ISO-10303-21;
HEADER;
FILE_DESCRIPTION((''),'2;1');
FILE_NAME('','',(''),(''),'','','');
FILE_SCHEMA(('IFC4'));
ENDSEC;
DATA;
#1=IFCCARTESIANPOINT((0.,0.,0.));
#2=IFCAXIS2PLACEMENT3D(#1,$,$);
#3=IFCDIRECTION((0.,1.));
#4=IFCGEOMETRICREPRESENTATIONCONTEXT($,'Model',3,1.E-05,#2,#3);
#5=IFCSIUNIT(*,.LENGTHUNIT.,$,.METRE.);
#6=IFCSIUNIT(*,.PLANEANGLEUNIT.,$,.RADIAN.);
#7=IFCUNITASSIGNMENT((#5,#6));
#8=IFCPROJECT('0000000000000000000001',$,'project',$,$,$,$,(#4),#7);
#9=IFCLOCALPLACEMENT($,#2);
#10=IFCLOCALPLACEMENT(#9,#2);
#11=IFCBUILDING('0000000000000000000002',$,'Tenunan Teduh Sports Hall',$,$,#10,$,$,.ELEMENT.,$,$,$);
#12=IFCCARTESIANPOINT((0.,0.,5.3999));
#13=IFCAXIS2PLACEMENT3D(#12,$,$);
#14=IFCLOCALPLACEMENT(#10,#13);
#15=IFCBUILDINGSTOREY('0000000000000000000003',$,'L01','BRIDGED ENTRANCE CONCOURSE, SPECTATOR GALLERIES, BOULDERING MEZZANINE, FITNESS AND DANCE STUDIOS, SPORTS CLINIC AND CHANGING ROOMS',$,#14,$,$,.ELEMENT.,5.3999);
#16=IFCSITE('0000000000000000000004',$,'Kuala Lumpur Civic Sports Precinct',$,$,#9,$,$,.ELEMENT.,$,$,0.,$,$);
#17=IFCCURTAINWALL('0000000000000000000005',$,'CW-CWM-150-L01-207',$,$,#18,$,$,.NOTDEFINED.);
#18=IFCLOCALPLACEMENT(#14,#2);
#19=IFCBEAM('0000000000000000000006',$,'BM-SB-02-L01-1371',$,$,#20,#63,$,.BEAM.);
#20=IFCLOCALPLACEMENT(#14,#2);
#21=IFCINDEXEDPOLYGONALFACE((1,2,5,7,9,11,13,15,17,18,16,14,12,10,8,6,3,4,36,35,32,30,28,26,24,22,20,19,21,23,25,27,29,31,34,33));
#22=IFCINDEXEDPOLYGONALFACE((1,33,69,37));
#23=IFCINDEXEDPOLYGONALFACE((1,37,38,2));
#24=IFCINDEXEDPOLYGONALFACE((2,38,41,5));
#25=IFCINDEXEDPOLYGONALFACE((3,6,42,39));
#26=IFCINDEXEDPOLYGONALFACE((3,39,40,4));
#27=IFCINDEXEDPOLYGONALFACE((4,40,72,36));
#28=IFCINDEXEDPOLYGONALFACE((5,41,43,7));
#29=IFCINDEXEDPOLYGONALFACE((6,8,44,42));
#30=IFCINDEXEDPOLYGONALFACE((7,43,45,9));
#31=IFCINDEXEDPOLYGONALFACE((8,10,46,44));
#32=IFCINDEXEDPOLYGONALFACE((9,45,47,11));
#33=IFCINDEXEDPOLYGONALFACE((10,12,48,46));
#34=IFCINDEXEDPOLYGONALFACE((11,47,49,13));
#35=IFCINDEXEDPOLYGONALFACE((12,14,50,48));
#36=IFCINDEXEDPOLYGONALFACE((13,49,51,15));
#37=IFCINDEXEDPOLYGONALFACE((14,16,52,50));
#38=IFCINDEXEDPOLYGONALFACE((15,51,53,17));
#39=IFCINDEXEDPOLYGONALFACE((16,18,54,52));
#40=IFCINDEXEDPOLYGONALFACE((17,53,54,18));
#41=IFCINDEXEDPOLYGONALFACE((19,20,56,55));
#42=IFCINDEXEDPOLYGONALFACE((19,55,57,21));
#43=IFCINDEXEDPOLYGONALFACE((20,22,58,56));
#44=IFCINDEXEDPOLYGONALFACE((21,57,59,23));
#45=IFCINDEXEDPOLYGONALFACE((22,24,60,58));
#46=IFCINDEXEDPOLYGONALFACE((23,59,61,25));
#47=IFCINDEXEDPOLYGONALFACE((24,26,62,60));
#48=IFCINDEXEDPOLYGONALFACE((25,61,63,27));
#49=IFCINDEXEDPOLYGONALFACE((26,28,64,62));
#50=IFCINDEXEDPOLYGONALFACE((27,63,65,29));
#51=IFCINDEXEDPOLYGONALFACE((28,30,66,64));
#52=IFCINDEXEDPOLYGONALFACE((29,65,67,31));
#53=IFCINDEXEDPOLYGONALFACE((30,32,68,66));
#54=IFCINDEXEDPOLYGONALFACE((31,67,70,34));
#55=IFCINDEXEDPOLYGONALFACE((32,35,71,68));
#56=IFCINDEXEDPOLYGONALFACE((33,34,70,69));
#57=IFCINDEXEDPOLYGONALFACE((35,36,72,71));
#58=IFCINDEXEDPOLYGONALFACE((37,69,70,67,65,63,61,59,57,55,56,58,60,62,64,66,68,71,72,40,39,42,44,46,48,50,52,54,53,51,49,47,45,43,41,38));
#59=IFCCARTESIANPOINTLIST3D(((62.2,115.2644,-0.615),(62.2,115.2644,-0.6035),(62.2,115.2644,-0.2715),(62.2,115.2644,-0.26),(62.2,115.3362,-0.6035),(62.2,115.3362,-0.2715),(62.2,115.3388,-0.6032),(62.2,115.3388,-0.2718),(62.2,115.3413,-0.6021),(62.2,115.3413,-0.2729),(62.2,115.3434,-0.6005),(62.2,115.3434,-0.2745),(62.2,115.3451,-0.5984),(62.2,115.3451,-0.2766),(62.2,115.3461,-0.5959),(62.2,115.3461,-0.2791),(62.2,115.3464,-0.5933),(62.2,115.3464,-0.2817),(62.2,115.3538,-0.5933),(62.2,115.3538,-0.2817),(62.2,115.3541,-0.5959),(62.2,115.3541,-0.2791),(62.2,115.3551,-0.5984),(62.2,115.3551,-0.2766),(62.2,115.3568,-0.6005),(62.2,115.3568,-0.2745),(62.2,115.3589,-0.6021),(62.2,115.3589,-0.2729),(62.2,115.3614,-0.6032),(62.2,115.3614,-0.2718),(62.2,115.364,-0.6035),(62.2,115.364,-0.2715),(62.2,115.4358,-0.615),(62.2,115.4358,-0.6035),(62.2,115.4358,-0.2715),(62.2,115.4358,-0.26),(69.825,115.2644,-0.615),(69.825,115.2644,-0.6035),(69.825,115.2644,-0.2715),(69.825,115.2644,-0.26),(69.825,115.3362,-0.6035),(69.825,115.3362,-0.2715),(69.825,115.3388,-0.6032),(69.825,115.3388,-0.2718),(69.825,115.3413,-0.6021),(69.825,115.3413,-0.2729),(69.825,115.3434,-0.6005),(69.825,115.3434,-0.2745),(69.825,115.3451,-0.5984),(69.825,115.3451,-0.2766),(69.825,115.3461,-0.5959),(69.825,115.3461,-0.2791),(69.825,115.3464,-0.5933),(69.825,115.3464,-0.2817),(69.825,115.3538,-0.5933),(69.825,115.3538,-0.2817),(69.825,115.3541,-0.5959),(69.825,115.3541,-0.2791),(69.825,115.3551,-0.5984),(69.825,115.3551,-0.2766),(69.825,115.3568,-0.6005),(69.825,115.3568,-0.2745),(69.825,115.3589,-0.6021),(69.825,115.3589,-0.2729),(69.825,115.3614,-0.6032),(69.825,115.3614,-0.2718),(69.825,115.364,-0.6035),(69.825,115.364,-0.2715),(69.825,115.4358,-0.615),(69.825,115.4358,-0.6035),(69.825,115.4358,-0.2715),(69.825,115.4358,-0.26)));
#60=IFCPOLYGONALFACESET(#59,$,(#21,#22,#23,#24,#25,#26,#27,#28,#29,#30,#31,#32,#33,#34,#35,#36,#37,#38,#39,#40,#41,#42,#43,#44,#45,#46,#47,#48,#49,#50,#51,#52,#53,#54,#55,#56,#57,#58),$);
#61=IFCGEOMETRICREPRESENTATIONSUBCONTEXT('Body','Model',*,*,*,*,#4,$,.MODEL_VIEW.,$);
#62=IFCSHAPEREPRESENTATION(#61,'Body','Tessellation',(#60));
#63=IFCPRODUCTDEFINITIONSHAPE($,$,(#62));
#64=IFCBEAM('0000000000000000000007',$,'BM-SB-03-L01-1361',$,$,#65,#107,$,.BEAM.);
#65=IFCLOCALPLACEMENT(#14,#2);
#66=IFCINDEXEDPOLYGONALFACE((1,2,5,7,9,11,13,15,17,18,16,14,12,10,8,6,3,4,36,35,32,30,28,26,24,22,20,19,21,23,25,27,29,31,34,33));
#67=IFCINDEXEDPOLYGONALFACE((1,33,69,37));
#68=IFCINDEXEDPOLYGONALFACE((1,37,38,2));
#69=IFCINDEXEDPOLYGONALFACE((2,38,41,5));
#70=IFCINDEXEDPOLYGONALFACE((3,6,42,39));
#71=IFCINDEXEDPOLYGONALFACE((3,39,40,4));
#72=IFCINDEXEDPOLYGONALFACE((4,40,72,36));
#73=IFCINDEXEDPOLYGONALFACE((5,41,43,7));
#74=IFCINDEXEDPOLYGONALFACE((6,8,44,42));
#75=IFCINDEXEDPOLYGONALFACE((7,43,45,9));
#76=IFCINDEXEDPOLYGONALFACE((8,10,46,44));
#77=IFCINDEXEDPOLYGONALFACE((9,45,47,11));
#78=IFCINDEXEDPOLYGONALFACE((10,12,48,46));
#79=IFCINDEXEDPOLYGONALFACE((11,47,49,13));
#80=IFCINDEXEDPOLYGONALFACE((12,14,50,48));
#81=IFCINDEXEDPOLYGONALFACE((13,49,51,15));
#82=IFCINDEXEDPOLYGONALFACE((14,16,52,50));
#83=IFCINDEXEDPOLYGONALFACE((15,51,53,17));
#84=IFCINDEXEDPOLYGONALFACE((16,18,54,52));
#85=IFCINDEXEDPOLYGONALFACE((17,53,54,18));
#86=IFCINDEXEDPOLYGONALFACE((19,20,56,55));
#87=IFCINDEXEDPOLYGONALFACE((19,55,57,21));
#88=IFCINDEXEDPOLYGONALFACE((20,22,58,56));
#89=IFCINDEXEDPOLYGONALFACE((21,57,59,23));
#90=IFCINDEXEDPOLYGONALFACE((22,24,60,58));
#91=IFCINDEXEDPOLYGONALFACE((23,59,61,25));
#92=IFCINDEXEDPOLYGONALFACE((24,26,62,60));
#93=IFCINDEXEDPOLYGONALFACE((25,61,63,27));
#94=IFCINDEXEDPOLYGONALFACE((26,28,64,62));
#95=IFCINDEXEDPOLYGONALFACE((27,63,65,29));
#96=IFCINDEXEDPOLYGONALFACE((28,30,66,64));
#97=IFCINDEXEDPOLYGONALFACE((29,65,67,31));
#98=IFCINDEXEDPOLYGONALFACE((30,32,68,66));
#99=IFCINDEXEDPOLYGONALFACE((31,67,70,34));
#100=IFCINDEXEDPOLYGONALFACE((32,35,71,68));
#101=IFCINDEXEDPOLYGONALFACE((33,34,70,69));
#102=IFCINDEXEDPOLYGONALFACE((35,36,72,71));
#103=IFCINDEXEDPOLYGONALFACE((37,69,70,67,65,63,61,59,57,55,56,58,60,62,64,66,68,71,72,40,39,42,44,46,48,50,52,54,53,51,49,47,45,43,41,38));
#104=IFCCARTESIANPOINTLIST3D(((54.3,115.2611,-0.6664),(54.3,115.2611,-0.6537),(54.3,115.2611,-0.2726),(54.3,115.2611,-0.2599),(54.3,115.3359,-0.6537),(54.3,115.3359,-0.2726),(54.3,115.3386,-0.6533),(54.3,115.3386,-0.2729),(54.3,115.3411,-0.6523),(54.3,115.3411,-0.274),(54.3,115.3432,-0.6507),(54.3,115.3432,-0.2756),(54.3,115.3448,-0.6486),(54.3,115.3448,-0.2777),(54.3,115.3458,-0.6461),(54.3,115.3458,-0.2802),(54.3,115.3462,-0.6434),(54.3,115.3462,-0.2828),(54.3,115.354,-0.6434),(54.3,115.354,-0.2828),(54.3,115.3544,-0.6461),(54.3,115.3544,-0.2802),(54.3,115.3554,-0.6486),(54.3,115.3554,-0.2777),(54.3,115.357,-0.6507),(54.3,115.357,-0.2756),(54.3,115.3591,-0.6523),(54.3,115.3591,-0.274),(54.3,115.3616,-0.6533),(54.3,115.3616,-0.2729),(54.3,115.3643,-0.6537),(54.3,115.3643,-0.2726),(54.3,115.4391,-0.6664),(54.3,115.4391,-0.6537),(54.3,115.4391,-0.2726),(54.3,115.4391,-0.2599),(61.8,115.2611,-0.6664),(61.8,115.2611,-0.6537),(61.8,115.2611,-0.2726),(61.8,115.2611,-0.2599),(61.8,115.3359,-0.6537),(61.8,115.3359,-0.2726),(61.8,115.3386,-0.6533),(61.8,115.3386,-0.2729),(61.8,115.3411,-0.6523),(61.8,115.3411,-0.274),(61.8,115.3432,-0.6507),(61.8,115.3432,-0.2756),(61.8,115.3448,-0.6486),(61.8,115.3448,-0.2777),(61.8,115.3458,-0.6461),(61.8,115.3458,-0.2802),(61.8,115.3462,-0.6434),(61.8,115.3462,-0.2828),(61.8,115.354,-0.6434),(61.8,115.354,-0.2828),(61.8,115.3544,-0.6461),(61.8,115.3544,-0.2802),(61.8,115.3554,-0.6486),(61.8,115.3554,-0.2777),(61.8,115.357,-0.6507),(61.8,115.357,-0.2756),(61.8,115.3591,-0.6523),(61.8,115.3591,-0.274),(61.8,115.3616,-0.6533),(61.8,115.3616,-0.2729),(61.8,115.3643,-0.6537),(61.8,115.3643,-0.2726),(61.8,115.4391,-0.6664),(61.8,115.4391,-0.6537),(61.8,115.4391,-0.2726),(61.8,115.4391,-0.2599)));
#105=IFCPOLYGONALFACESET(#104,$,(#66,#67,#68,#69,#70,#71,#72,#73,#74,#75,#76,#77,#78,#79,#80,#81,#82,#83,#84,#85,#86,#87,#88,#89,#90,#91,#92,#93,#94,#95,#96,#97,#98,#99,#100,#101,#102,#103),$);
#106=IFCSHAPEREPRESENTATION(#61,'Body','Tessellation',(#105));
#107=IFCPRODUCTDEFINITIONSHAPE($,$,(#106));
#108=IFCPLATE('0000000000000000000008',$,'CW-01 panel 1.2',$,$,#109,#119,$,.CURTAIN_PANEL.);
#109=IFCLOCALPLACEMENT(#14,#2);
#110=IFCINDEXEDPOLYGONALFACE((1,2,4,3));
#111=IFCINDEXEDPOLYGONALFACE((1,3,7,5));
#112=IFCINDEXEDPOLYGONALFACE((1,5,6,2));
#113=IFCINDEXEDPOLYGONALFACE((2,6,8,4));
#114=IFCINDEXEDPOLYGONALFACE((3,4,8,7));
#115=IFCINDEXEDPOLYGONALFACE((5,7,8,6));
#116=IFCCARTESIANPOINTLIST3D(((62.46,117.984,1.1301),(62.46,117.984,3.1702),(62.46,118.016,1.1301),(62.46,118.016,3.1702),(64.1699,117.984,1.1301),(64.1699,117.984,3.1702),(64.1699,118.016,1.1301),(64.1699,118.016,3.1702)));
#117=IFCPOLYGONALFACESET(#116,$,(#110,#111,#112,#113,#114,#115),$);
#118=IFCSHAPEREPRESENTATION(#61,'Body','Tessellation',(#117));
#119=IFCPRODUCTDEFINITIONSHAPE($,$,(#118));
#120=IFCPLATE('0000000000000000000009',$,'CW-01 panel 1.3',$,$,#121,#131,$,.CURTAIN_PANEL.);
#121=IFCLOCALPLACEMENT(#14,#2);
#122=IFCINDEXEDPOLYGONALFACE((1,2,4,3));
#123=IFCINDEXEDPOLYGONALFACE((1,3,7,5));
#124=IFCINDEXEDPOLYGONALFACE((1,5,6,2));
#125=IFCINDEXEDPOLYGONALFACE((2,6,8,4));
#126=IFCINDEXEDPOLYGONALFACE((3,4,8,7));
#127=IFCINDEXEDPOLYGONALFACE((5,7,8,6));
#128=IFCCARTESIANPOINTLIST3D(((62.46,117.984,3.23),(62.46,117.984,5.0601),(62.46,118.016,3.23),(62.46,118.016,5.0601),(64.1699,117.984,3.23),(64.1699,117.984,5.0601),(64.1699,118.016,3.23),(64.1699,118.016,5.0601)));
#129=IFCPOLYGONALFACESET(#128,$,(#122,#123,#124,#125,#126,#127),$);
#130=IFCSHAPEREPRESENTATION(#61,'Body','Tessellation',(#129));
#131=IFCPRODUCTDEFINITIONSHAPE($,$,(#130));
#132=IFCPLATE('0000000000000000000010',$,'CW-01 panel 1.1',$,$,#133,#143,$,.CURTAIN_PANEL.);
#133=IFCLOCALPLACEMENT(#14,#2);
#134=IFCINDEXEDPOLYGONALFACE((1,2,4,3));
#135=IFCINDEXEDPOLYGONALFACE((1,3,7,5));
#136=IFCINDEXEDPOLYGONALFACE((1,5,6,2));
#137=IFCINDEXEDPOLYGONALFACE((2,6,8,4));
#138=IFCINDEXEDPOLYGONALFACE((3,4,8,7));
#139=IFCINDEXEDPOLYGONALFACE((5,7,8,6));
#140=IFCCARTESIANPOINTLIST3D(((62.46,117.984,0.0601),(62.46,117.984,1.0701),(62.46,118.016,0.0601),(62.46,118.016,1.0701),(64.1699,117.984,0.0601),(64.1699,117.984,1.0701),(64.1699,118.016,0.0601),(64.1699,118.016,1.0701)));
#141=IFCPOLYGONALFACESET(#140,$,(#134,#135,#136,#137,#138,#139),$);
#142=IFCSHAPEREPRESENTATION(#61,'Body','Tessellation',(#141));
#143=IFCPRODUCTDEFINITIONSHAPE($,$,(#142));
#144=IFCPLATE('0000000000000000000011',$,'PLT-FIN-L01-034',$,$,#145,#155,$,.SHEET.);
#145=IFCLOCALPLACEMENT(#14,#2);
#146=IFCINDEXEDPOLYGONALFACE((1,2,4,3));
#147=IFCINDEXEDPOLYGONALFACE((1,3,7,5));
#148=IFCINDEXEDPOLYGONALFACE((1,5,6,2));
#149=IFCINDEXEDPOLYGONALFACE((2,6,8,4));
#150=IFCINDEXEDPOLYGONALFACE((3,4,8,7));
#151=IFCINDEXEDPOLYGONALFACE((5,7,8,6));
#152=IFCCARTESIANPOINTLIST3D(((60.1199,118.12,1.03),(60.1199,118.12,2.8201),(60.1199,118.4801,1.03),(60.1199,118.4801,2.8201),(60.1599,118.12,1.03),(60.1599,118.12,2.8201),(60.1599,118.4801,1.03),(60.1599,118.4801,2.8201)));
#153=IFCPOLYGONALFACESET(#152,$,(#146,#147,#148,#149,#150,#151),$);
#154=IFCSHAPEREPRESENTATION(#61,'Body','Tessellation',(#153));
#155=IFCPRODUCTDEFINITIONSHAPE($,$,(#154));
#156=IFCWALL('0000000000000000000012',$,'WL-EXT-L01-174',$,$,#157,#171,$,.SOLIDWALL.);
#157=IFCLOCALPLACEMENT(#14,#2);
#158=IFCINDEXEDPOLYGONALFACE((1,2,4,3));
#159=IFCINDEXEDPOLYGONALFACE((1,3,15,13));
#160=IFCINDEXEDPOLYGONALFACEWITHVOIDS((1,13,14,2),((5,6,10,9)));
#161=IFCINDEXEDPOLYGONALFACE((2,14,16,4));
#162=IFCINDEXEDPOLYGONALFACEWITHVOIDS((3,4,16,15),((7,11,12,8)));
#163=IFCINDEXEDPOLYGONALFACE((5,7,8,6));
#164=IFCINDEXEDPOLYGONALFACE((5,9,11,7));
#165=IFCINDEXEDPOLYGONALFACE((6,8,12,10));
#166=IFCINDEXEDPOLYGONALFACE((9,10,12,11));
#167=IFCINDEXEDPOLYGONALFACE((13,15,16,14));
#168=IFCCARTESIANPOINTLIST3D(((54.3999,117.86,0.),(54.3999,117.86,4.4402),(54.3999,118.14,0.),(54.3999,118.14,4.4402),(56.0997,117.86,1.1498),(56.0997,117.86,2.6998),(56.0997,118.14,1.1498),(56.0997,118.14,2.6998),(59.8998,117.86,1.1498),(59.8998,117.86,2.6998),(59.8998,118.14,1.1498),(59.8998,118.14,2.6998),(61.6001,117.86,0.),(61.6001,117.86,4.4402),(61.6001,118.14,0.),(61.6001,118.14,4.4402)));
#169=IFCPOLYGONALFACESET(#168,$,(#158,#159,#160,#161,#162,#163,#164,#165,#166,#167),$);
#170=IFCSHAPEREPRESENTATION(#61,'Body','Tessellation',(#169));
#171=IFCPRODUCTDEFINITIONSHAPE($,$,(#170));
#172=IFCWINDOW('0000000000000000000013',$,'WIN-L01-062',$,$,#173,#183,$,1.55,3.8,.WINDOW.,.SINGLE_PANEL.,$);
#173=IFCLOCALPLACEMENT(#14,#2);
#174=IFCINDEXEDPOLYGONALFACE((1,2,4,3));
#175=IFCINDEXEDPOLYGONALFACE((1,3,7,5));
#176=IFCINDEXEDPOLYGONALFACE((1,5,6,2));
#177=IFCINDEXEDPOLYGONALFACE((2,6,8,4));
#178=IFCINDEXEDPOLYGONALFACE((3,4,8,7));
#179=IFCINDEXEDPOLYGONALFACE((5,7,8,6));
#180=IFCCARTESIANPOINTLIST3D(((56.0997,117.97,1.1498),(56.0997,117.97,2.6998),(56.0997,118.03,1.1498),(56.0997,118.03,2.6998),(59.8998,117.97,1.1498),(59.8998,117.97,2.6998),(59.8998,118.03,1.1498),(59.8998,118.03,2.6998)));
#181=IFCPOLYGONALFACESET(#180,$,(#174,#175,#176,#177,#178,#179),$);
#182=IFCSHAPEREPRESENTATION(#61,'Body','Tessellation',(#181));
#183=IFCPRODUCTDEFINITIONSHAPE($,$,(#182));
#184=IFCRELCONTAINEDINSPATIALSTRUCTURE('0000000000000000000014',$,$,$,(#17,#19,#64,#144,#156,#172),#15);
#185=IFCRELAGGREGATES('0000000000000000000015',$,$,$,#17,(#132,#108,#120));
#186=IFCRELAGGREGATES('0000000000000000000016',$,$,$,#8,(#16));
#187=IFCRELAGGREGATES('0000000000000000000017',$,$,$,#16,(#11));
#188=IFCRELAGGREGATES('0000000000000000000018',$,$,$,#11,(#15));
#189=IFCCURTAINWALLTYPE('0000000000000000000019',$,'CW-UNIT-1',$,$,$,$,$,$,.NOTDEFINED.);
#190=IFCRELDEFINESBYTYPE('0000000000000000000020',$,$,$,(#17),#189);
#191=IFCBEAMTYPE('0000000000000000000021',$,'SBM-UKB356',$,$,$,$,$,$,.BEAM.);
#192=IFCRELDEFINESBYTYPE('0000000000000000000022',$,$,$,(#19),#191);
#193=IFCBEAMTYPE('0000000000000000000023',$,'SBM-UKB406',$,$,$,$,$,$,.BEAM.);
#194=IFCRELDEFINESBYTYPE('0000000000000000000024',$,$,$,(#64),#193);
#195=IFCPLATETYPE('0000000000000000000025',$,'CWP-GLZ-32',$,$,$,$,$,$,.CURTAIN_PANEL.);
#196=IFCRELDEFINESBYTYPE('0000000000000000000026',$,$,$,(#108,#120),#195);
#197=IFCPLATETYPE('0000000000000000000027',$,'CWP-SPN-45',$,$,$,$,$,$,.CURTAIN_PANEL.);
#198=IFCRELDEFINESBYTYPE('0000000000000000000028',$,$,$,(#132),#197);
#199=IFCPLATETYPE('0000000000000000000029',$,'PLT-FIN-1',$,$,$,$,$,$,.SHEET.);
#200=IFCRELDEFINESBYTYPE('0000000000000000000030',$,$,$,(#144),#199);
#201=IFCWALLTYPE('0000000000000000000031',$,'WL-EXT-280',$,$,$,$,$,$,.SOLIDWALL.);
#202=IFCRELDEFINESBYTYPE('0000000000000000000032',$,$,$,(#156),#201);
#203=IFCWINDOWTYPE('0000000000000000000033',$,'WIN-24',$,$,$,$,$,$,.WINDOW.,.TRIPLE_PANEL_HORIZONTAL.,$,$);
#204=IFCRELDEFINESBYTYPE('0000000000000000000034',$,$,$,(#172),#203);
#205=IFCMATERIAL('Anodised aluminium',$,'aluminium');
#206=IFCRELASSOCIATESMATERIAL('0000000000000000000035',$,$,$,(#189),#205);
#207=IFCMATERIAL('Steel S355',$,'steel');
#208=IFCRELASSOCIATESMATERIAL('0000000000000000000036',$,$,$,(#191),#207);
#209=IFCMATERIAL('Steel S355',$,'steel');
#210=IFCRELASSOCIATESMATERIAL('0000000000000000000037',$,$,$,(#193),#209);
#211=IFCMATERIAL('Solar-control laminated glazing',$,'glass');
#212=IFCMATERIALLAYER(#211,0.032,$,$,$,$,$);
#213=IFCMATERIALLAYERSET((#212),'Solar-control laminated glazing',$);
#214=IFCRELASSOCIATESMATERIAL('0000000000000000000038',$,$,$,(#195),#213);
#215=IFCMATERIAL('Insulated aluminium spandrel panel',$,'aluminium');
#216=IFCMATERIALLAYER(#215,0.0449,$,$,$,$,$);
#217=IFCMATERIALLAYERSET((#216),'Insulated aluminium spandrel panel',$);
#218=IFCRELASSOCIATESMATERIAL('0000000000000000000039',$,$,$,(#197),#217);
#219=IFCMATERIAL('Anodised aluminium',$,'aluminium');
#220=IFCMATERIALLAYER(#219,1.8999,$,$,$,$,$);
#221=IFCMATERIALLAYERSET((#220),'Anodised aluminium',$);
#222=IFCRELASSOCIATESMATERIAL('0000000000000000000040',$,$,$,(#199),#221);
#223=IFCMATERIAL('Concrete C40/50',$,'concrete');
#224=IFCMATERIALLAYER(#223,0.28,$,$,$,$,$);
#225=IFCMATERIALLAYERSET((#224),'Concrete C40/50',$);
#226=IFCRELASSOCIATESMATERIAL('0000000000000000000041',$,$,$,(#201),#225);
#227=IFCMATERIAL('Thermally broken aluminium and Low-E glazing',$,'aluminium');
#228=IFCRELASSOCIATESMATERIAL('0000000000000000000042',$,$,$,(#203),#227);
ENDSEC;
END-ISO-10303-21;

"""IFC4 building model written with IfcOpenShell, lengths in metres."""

from ifc_helpers import new_model, si_unit, direction, frame, frame_2d, origin, origin_2d, place, context, subcontext, project, spatial, rectangle, i_section, extrude, material, layer, layer_set, material_profile, profile_set, type_object, element, fill, aggregate, save


model = new_model("IFC4")

# Units and contexts
model_context = context("Model", 3, precision=1e-05, world=origin(), true_north=direction((0.0, 1.0)))
body_context = subcontext(model_context, "Body", "Model", "MODEL_VIEW")
ifc_project = project(units=[si_unit("LENGTHUNIT", "METRE"), si_unit("PLANEANGLEUNIT", "RADIAN")], contexts=[model_context])

# Site, building, storey
site_placement = place(None, origin())
site = spatial("IfcSite", under=ifc_project, at=site_placement, Name="Kuala Lumpur Civic Sports Precinct", CompositionType="ELEMENT", RefElevation=0.0)
building_placement = place(site_placement, origin())
building = spatial("IfcBuilding", under=site, at=building_placement, Name="Tenunan Teduh Sports Hall", CompositionType="ELEMENT")
storey_placement = place(building_placement, frame((0.0, 0.0, 5.3999)))
storey = spatial("IfcBuildingStorey", under=building, at=storey_placement, Name="L01", Description="BRIDGED ENTRANCE CONCOURSE, SPECTATOR GALLERIES, BOULDERING MEZZANINE, FITNESS AND DANCE STUDIOS, SPORTS CLINIC AND CHANGING ROOMS", CompositionType="ELEMENT", Elevation=5.3999)

# Curtain wall
ifc_material_1 = material(Name="Anodised aluminium", Category="aluminium")
curtain_wall_type = type_object("IfcCurtainWallType", Name="CW-UNIT-1", PredefinedType="NOTDEFINED", material=ifc_material_1)
curtain_wall_placement = place(storey_placement, origin())
curtain_wall = element("IfcCurtainWall", 1, at=curtain_wall_placement, inside=storey, type_object=curtain_wall_type, Name="CW-CWM-150-L01-207", PredefinedType="NOTDEFINED")

# Beams
ifc_material_2 = material(Name="Steel S355", Category="steel")
ifc_material_profile_1 = material_profile(ifc_material_2, i_section(OverallWidth=0.1714, OverallDepth=0.355, WebThickness=0.0073, FlangeThickness=0.0115, FilletRadius=0.0103, at=origin_2d()), Name="UKB 356x171x51")
ifc_profile_set_1 = profile_set([ifc_material_profile_1], Name="Steel S355")
beam_type_1 = type_object("IfcBeamType", Name="SBM-UKB356", PredefinedType="BEAM", material=ifc_profile_set_1)
beam_1_placement = place(storey_placement, frame((62.2, 115.3501, -0.4375), z_axis=(1.0, 0.0, 0.0), x_axis=(0.0, 1.0, 0.0)))
element("IfcBeam", 2, at=beam_1_placement, inside=storey, type_object=beam_type_1, Name="BM-SB-02-L01-1371", PredefinedType="BEAM", context=body_context, shape_type="SweptSolid", body=[
    extrude(i_section(OverallWidth=0.1714, OverallDepth=0.355, WebThickness=0.0073, FlangeThickness=0.0115, FilletRadius=0.0103, at=origin_2d()), origin(), (0.0, 0.0, 1.0), 7.625),
])
ifc_material_3 = material(Name="Steel S355", Category="steel")
ifc_material_profile_2 = material_profile(ifc_material_3, i_section(OverallWidth=0.178, OverallDepth=0.4065, WebThickness=0.0078, FlangeThickness=0.0127, FilletRadius=0.0103, at=origin_2d()), Name="UKB 406x178x60")
ifc_profile_set_2 = profile_set([ifc_material_profile_2], Name="Steel S355")
beam_type_2 = type_object("IfcBeamType", Name="SBM-UKB406", PredefinedType="BEAM", material=ifc_profile_set_2)
beam_2_placement = place(storey_placement, frame((54.3, 115.3501, -0.4631), z_axis=(1.0, 0.0, 0.0), x_axis=(0.0, 1.0, 0.0)))
element("IfcBeam", 3, at=beam_2_placement, inside=storey, type_object=beam_type_2, Name="BM-SB-03-L01-1361", PredefinedType="BEAM", context=body_context, shape_type="SweptSolid", body=[
    extrude(i_section(OverallWidth=0.178, OverallDepth=0.4065, WebThickness=0.0078, FlangeThickness=0.0127, FilletRadius=0.0103, at=origin_2d()), origin(), (0.0, 0.0, 1.0), 7.5),
])

# Plates
ifc_material_4 = material(Name="Solar-control laminated glazing", Category="glass")
ifc_layer_1 = layer(ifc_material_4, 0.032)
ifc_layer_set_1 = layer_set([ifc_layer_1], Name="Solar-control laminated glazing")
plate_type_1 = type_object("IfcPlateType", Name="CWP-GLZ-32", PredefinedType="CURTAIN_PANEL", material=ifc_layer_set_1)
plate_1_placement = place(storey_placement, frame((63.3149, 118.0, 1.1301), z_axis=(0.0, 0.0, 1.0), x_axis=(1.0, 0.0, 0.0)))
plate_1 = element("IfcPlate", 4, at=plate_1_placement, type_object=plate_type_1, Name="CW-01 panel 1.2", PredefinedType="CURTAIN_PANEL", context=body_context, shape_type="SweptSolid", body=[
    extrude(rectangle(XDim=1.71, YDim=0.032, at=origin_2d()), origin(), (0.0, 0.0, 1.0), 2.04),
])
plate_2_placement = place(storey_placement, frame((63.3149, 118.0, 3.23), z_axis=(0.0, 0.0, 1.0), x_axis=(1.0, 0.0, 0.0)))
plate_2 = element("IfcPlate", 5, at=plate_2_placement, type_object=plate_type_1, Name="CW-01 panel 1.3", PredefinedType="CURTAIN_PANEL", context=body_context, shape_type="SweptSolid", body=[
    extrude(rectangle(XDim=1.71, YDim=0.032, at=origin_2d()), origin(), (0.0, 0.0, 1.0), 1.8301),
])
ifc_material_5 = material(Name="Insulated aluminium spandrel panel", Category="aluminium")
ifc_layer_2 = layer(ifc_material_5, 0.0449)
ifc_layer_set_2 = layer_set([ifc_layer_2], Name="Insulated aluminium spandrel panel")
plate_type_2 = type_object("IfcPlateType", Name="CWP-SPN-45", PredefinedType="CURTAIN_PANEL", material=ifc_layer_set_2)
plate_3_placement = place(storey_placement, frame((63.3149, 118.0, 0.0601), z_axis=(0.0, 0.0, 1.0), x_axis=(1.0, 0.0, 0.0)))
plate_3 = element("IfcPlate", 6, at=plate_3_placement, type_object=plate_type_2, Name="CW-01 panel 1.1", PredefinedType="CURTAIN_PANEL", context=body_context, shape_type="SweptSolid", body=[
    extrude(rectangle(XDim=1.71, YDim=0.032, at=origin_2d()), origin(), (0.0, 0.0, 1.0), 1.01),
])
aggregate(curtain_wall, [plate_3, plate_1, plate_2])
ifc_material_6 = material(Name="Anodised aluminium", Category="aluminium")
ifc_layer_3 = layer(ifc_material_6, 1.8999)
ifc_layer_set_3 = layer_set([ifc_layer_3], Name="Anodised aluminium")
plate_type_3 = type_object("IfcPlateType", Name="PLT-FIN-1", PredefinedType="SHEET", material=ifc_layer_set_3)
plate_4_placement = place(storey_placement, frame((60.1399, 118.3, 1.03), z_axis=(0.0, 0.0, 1.0), x_axis=(1.0, 0.0, 0.0)))
element("IfcPlate", 7, at=plate_4_placement, inside=storey, type_object=plate_type_3, Name="PLT-FIN-L01-034", PredefinedType="SHEET", context=body_context, shape_type="SweptSolid", body=[
    extrude(rectangle(XDim=0.04, YDim=0.3601, at=origin_2d()), origin(), (0.0, 0.0, 1.0), 1.79),
])

# Wall, opening, window
ifc_material_7 = material(Name="Concrete C40/50", Category="concrete")
ifc_layer_4 = layer(ifc_material_7, 0.28)
ifc_layer_set_4 = layer_set([ifc_layer_4], Name="Concrete C40/50")
wall_type_1 = type_object("IfcWallType", Name="WL-EXT-280", PredefinedType="SOLIDWALL", material=ifc_layer_set_4)
wall_1_placement = place(storey_placement, frame((54.3999, 118.0, 0.0), z_axis=(0.0, 0.0, 1.0), x_axis=(1.0, 0.0, 0.0)))
wall_1 = element("IfcWall", 8, at=wall_1_placement, inside=storey, type_object=wall_type_1, Name="WL-EXT-L01-174", PredefinedType="SOLIDWALL", context=body_context, shape_type="SweptSolid", body=[
    extrude(rectangle(XDim=7.2002, YDim=0.28, at=frame_2d((3.6001, 0.0))), origin(), (0.0, 0.0, 1.0), 4.4402),
])
opening_placement = place(wall_1_placement, frame((1.7, 0.0, 1.1499)))
opening = element("IfcOpeningElement", 9, at=opening_placement, cuts=wall_1, PredefinedType="OPENING", context=body_context, shape_type="SweptSolid", body=[
    extrude(rectangle(XDim=3.8, YDim=1.55, at=frame_2d((1.8999, 0.7749))), frame((0.0, 0.1499, 0.0), z_axis=(0.0, -1.0, 0.0), x_axis=(1.0, 0.0, 0.0)), (0.0, 0.0, 1.0), 0.3),
])
ifc_material_8 = material(Name="Thermally broken aluminium and Low-E glazing", Category="aluminium")
window_type = type_object("IfcWindowType", Name="WIN-24", PartitioningType="TRIPLE_PANEL_HORIZONTAL", PredefinedType="WINDOW", material=ifc_material_8)
window_placement = place(opening_placement, origin())
window = element("IfcWindow", 10, at=window_placement, inside=storey, type_object=window_type, Name="WIN-L01-062", OverallHeight=1.55, OverallWidth=3.8, PartitioningType="SINGLE_PANEL", PredefinedType="WINDOW", context=body_context, shape_type="SweptSolid", body=[
    extrude(rectangle(XDim=3.8, YDim=1.55, at=frame_2d((1.8999, 0.7749))), frame((0.0, 0.03, 0.0), z_axis=(0.0, -1.0, 0.0), x_axis=(1.0, 0.0, 0.0)), (0.0, 0.0, 1.0), 0.0601),
])
fill(opening, window)

save(model, "model.ifc")
